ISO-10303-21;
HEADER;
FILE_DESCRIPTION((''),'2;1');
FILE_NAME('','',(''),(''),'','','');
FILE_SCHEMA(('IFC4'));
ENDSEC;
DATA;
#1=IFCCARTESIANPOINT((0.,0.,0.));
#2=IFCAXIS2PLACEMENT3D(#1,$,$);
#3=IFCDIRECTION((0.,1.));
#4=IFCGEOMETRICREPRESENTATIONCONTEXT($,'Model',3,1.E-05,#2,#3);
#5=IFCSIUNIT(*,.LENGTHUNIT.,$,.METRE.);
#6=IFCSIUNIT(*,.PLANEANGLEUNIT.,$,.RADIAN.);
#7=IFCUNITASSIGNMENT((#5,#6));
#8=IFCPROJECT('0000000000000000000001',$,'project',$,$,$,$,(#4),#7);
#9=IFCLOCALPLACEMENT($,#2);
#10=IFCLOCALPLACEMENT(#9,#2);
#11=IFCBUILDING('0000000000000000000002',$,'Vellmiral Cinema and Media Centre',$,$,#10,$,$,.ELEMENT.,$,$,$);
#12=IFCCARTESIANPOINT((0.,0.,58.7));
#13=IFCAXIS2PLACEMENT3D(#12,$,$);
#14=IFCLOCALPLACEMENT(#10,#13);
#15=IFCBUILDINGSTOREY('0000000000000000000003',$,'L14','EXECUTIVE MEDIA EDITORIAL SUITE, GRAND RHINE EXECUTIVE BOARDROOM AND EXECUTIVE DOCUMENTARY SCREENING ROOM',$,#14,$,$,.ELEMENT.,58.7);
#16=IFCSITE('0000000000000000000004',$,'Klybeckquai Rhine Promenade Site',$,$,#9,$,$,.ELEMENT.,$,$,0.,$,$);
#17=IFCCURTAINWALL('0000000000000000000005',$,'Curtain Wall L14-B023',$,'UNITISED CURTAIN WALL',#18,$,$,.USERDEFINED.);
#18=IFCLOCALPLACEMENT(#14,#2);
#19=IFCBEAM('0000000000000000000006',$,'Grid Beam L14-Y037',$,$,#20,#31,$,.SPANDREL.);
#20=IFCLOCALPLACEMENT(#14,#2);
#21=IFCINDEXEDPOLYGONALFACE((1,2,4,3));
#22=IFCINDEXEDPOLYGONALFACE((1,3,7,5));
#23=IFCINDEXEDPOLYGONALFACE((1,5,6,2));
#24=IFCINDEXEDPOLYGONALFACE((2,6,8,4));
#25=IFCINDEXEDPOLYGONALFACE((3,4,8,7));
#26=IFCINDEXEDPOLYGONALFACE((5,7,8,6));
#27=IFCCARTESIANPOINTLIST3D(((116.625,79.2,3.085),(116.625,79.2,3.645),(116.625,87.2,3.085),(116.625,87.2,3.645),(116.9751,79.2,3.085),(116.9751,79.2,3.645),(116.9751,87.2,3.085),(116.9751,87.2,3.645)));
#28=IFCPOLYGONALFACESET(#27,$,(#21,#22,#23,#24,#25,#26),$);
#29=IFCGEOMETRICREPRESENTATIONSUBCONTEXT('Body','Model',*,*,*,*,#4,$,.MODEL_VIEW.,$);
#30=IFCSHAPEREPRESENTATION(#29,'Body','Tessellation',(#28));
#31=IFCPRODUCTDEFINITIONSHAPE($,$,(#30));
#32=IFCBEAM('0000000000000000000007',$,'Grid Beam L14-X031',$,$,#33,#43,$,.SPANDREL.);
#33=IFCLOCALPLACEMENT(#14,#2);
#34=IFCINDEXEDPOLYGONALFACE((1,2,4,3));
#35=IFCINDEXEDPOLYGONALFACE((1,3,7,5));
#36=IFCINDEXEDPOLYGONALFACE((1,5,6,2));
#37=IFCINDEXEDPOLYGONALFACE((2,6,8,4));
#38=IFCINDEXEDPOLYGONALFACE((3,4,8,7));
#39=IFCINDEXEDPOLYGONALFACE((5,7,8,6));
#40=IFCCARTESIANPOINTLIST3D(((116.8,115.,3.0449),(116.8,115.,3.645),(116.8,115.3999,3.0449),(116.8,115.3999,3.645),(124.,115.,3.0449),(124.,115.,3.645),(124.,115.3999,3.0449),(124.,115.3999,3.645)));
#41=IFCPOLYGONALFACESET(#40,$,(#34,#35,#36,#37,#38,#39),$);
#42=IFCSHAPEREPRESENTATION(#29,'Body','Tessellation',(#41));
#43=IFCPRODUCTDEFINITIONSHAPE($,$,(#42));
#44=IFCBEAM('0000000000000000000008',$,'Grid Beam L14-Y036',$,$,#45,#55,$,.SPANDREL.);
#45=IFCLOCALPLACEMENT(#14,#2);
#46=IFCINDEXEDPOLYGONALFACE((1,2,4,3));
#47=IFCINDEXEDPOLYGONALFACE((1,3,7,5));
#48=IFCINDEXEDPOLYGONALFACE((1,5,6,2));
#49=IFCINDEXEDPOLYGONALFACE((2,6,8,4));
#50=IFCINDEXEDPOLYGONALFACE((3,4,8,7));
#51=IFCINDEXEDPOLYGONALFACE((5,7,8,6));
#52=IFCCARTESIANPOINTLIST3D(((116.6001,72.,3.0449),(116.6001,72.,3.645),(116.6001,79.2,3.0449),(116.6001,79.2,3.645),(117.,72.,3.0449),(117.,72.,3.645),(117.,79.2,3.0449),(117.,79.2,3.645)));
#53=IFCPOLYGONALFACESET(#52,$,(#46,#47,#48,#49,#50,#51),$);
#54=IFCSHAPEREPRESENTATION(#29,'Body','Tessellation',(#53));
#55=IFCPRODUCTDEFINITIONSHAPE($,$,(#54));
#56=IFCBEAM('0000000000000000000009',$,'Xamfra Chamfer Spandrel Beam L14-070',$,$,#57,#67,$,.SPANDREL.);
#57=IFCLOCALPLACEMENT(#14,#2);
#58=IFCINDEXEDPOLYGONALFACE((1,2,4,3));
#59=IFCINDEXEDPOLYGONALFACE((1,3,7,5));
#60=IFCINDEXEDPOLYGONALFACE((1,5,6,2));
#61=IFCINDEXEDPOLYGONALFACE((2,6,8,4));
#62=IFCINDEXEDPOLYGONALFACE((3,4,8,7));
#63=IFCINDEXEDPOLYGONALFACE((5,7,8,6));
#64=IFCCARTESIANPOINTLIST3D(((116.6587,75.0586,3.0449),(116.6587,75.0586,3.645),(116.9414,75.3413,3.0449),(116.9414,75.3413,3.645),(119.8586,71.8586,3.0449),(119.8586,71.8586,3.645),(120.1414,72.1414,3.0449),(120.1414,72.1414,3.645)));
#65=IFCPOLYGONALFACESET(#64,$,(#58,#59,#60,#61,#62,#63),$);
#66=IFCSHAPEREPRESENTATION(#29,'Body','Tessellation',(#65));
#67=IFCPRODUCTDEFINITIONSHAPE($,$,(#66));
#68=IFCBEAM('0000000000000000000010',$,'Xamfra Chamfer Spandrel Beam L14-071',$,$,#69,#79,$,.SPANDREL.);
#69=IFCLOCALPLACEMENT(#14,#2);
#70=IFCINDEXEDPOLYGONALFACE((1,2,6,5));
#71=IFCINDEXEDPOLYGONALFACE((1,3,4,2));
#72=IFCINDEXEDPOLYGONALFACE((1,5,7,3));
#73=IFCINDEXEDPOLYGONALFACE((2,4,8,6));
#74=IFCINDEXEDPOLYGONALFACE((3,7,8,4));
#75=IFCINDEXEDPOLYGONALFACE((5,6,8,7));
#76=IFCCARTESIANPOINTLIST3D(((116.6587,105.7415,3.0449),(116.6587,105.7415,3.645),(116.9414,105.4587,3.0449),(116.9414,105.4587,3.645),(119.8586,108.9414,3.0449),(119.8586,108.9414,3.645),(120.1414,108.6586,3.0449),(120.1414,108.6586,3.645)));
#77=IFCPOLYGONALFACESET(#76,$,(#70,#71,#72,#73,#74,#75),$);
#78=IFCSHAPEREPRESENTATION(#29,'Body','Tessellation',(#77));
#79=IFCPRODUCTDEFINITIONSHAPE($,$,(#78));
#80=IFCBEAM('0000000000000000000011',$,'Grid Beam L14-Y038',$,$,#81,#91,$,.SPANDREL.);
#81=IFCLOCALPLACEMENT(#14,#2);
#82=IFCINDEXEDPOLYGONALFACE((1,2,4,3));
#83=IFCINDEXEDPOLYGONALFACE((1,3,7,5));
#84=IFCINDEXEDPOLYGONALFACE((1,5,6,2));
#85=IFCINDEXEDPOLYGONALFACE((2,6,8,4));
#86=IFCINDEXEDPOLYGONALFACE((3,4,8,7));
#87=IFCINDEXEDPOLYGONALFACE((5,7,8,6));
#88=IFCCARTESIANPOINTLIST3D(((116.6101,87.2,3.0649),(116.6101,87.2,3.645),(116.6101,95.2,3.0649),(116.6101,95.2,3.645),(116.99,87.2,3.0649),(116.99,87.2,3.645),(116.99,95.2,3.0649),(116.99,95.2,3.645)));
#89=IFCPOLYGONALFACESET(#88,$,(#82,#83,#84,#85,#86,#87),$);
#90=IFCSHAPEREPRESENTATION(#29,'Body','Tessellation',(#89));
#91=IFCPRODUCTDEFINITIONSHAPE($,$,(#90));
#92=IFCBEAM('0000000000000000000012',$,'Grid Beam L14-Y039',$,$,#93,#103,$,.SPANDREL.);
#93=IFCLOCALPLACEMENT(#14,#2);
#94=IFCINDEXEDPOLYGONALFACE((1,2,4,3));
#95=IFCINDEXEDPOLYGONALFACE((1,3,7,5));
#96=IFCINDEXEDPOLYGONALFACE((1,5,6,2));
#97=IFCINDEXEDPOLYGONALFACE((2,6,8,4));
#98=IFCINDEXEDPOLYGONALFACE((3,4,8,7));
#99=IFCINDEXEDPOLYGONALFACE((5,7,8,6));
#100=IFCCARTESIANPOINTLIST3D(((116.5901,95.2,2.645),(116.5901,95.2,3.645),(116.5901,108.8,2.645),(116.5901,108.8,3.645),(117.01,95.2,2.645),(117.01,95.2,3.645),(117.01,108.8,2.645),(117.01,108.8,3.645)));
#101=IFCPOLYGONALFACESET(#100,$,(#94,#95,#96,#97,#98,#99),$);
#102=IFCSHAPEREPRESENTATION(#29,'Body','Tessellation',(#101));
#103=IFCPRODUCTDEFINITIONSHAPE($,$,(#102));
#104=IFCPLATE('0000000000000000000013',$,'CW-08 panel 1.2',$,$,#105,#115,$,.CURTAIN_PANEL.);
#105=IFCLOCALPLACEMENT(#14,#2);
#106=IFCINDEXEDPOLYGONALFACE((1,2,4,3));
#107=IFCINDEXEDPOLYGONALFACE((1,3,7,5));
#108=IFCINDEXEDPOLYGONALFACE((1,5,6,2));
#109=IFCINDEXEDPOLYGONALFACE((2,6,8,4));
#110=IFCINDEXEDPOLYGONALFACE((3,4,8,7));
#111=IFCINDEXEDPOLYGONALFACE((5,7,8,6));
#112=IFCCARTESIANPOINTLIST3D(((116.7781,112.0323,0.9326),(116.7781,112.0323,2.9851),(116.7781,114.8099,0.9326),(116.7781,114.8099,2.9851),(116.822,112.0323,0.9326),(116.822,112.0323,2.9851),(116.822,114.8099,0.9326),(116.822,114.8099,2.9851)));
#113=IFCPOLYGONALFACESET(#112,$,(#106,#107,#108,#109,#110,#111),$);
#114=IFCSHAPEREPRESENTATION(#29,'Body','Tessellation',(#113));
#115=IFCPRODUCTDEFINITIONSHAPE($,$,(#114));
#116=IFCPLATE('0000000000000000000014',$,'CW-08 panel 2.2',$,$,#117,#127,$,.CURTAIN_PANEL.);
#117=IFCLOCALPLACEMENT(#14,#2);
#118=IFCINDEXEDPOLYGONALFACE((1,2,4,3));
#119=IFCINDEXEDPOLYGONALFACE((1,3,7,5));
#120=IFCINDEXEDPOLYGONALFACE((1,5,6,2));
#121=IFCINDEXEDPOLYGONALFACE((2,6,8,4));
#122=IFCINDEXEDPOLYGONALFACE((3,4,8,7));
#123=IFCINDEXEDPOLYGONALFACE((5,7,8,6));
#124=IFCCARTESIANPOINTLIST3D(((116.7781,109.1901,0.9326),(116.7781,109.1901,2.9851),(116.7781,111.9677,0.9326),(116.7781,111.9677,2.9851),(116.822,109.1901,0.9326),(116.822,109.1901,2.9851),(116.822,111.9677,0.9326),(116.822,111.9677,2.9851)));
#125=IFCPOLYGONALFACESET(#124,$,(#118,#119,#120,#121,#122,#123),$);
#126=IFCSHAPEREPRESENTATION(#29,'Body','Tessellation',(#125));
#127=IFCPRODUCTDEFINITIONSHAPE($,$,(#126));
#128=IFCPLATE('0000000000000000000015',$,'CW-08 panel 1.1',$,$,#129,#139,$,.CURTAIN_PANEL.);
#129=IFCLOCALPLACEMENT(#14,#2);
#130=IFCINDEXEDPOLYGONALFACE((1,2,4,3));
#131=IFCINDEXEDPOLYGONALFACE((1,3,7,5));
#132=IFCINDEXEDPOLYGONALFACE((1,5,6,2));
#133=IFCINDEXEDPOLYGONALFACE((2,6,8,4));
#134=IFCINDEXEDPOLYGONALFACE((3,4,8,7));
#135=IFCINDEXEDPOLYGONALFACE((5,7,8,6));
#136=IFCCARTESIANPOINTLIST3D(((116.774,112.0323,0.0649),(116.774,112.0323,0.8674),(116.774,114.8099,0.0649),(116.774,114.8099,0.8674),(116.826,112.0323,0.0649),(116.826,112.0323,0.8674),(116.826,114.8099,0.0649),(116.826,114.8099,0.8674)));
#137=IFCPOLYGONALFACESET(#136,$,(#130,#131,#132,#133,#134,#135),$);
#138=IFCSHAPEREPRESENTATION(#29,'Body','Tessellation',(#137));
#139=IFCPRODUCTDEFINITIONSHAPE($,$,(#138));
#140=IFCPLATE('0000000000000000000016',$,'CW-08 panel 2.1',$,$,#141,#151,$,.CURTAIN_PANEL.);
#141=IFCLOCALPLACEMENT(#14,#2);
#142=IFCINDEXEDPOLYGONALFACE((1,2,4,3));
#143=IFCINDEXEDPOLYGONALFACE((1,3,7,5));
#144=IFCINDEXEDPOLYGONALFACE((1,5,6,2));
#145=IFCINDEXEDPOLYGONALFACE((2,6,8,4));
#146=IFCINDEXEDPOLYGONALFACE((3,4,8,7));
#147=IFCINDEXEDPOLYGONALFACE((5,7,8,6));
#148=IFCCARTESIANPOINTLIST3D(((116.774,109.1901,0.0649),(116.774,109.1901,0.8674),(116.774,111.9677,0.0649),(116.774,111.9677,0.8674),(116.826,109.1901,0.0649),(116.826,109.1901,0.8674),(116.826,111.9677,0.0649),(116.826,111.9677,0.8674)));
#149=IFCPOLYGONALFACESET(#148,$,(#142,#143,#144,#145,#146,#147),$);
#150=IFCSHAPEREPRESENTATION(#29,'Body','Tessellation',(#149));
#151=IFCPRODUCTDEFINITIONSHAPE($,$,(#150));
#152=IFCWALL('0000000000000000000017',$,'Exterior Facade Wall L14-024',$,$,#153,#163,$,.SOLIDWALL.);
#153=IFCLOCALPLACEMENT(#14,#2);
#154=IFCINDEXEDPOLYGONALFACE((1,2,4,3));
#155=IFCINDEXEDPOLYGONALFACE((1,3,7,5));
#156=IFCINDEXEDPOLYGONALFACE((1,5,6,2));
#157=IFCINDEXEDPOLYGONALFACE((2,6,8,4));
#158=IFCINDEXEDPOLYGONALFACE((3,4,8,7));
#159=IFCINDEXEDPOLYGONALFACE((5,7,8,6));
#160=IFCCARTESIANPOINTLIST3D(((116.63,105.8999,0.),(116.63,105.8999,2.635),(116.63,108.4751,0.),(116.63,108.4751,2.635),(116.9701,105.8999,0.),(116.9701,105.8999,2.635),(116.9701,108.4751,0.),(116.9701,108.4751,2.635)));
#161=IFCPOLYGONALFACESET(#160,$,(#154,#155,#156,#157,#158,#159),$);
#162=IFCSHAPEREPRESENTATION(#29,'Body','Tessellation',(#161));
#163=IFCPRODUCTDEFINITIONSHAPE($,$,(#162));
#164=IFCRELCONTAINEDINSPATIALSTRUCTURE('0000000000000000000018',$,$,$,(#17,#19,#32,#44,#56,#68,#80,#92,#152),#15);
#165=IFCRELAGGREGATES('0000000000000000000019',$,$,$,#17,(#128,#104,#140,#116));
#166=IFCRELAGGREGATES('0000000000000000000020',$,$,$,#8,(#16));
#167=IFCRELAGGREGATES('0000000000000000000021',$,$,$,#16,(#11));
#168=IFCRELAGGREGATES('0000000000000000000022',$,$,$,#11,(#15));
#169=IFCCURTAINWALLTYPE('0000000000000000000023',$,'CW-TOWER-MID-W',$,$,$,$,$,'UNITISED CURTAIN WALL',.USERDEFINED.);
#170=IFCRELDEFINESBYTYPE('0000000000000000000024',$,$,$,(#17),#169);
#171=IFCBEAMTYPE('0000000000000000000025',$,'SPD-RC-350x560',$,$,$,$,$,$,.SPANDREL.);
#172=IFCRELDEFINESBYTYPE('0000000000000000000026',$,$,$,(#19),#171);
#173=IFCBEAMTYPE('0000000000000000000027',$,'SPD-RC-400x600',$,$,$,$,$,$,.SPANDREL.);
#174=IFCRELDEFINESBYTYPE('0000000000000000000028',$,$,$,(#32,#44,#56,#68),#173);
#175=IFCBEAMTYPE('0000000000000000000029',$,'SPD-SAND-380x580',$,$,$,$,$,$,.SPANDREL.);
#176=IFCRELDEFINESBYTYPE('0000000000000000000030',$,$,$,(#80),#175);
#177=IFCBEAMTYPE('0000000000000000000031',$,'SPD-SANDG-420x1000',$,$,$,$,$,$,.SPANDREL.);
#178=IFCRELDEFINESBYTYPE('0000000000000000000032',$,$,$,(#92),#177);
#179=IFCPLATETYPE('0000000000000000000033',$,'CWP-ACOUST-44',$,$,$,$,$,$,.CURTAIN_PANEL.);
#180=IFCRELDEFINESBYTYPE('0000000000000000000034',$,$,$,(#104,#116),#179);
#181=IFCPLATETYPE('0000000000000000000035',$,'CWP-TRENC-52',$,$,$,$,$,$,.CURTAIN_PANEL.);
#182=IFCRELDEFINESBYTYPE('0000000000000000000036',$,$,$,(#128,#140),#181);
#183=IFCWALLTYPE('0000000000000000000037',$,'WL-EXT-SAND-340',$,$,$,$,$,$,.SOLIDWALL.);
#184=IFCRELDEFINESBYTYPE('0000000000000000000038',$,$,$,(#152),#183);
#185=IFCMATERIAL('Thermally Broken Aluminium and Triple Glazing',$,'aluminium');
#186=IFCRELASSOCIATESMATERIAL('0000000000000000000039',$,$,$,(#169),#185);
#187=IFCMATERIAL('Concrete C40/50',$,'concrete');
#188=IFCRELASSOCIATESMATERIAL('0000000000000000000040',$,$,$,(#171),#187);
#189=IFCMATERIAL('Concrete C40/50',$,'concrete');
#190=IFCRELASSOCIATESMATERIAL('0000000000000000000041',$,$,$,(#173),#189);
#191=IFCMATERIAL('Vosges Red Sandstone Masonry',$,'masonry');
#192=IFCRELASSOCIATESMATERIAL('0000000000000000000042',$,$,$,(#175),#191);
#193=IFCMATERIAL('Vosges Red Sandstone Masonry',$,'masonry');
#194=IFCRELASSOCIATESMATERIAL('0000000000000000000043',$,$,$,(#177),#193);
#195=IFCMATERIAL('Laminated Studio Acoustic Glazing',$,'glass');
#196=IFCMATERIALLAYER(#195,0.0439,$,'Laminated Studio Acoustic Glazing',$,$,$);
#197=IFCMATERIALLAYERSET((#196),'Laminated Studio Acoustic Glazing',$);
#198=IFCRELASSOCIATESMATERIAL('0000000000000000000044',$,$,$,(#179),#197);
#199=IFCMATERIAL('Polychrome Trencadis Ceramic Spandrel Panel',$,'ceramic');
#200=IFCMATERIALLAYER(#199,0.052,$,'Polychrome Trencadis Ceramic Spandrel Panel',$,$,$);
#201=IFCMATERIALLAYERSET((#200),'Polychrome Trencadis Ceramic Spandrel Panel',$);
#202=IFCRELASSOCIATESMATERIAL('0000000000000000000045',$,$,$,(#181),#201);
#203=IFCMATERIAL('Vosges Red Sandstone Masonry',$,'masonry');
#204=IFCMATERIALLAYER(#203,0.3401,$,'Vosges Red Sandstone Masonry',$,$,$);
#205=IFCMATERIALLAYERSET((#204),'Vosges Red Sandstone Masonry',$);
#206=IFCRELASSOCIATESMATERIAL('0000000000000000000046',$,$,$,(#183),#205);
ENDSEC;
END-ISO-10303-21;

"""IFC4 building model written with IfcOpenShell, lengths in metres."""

from ifc_helpers import new_model, si_unit, direction, frame, frame_2d, origin, origin_2d, place, context, subcontext, project, spatial, rectangle, extrude, material, layer, layer_set, material_profile, profile_set, type_object, element, aggregate, save


model = new_model("IFC4")

# Units and contexts
model_context = context("Model", 3, precision=1e-05, world=origin(), true_north=direction((0.0, 1.0)))
body_context = subcontext(model_context, "Body", "Model", "MODEL_VIEW")
ifc_project = project(units=[si_unit("LENGTHUNIT", "METRE"), si_unit("PLANEANGLEUNIT", "RADIAN")], contexts=[model_context])

# Site, building, storey
site_placement = place(None, origin())
site = spatial("IfcSite", under=ifc_project, at=site_placement, Name="Klybeckquai Rhine Promenade Site", CompositionType="ELEMENT", RefElevation=0.0)
building_placement = place(site_placement, origin())
building = spatial("IfcBuilding", under=site, at=building_placement, Name="Vellmiral Cinema and Media Centre", CompositionType="ELEMENT")
storey_placement = place(building_placement, frame((0.0, 0.0, 58.7)))
storey = spatial("IfcBuildingStorey", under=building, at=storey_placement, Name="L14", Description="EXECUTIVE MEDIA EDITORIAL SUITE, GRAND RHINE EXECUTIVE BOARDROOM AND EXECUTIVE DOCUMENTARY SCREENING ROOM", CompositionType="ELEMENT", Elevation=58.7)

# Curtain wall
ifc_material_1 = material(Name="Thermally Broken Aluminium and Triple Glazing", Category="aluminium")
curtain_wall_type = type_object("IfcCurtainWallType", Name="CW-TOWER-MID-W", ElementType="UNITISED CURTAIN WALL", PredefinedType="USERDEFINED", material=ifc_material_1)
curtain_wall_1_placement = place(storey_placement, origin())
curtain_wall_1 = element("IfcCurtainWall", 1, at=curtain_wall_1_placement, inside=storey, type_object=curtain_wall_type, Name="Curtain Wall L14-B023", ObjectType="UNITISED CURTAIN WALL", PredefinedType="USERDEFINED")

# Beams
ifc_material_2 = material(Name="Concrete C40/50", Category="concrete")
ifc_material_profile_1 = material_profile(ifc_material_2, rectangle(XDim=0.3501, YDim=0.5601, at=origin_2d()), Name="RC 350x560")
ifc_profile_set_1 = profile_set([ifc_material_profile_1], Name="Concrete C40/50")
beam_type_1 = type_object("IfcBeamType", Name="SPD-RC-350x560", PredefinedType="SPANDREL", material=ifc_profile_set_1)
beam_1_placement = place(storey_placement, frame((116.8, 79.2, 3.365), z_axis=(0.0, 1.0, 0.0), x_axis=(-1.0, 0.0, 0.0)))
element("IfcBeam", 2, at=beam_1_placement, inside=storey, type_object=beam_type_1, Name="Grid Beam L14-Y037", PredefinedType="SPANDREL", context=body_context, shape_type="SweptSolid", body=[
    extrude(rectangle(XDim=0.3501, YDim=0.5601, at=origin_2d()), origin(), (0.0, 0.0, 1.0), 8.0),
])
ifc_material_3 = material(Name="Concrete C40/50", Category="concrete")
ifc_material_profile_2 = material_profile(ifc_material_3, rectangle(XDim=0.3999, YDim=0.6001, at=origin_2d()), Name="RC 400x600")
ifc_profile_set_2 = profile_set([ifc_material_profile_2], Name="Concrete C40/50")
beam_type_2 = type_object("IfcBeamType", Name="SPD-RC-400x600", PredefinedType="SPANDREL", material=ifc_profile_set_2)
for number, where, z_axis, x_axis, name in (
    (3, (116.8, 115.2, 3.345), (1.0, 0.0, 0.0), (0.0, 1.0, 0.0), "Grid Beam L14-X031"),
    (4, (116.8, 72.0, 3.345), (0.0, 1.0, 0.0), (-1.0, 0.0, 0.0), "Grid Beam L14-Y036"),
):
    element("IfcBeam", number, at=place(storey_placement, frame(where, z_axis=z_axis, x_axis=x_axis)), inside=storey, type_object=beam_type_2, Name=name, PredefinedType="SPANDREL", context=body_context, shape_type="SweptSolid", body=[
        extrude(rectangle(XDim=0.3999, YDim=0.6001, at=origin_2d()), origin(), (0.0, 0.0, 1.0), 7.2),
    ])
for number, where, z_axis, x_axis, name in (
    (5, (116.8, 75.2, 3.345), (0.707107, -0.707107, 0.0), (0.707107, 0.707107, 0.0), "Xamfra Chamfer Spandrel Beam L14-070"),
    (6, (116.8, 105.6001, 3.345), (0.707107, 0.707107, 0.0), (-0.707107, 0.707107, 0.0), "Xamfra Chamfer Spandrel Beam L14-071"),
):
    element("IfcBeam", number, at=place(storey_placement, frame(where, z_axis=z_axis, x_axis=x_axis)), inside=storey, type_object=beam_type_2, Name=name, PredefinedType="SPANDREL", context=body_context, shape_type="SweptSolid", body=[
        extrude(rectangle(XDim=0.3999, YDim=0.6001, at=origin_2d()), origin(), (0.0, 0.0, 1.0), 4.5254),
    ])
ifc_material_4 = material(Name="Vosges Red Sandstone Masonry", Category="masonry")
ifc_material_profile_3 = material_profile(ifc_material_4, rectangle(XDim=0.3799, YDim=0.5801, at=origin_2d()), Name="SAND 380x580")
ifc_profile_set_3 = profile_set([ifc_material_profile_3], Name="Vosges Red Sandstone Masonry")
beam_type_3 = type_object("IfcBeamType", Name="SPD-SAND-380x580", PredefinedType="SPANDREL", material=ifc_profile_set_3)
beam_2_placement = place(storey_placement, frame((116.8, 87.2, 3.355), z_axis=(0.0, 1.0, 0.0), x_axis=(-1.0, 0.0, 0.0)))
element("IfcBeam", 7, at=beam_2_placement, inside=storey, type_object=beam_type_3, Name="Grid Beam L14-Y038", PredefinedType="SPANDREL", context=body_context, shape_type="SweptSolid", body=[
    extrude(rectangle(XDim=0.3799, YDim=0.5801, at=origin_2d()), origin(), (0.0, 0.0, 1.0), 8.0),
])
ifc_material_5 = material(Name="Vosges Red Sandstone Masonry", Category="masonry")
ifc_material_profile_4 = material_profile(ifc_material_5, rectangle(XDim=0.4199, YDim=1.0, at=origin_2d()), Name="SAND 420x1000")
ifc_profile_set_4 = profile_set([ifc_material_profile_4], Name="Vosges Red Sandstone Masonry")
beam_type_4 = type_object("IfcBeamType", Name="SPD-SANDG-420x1000", PredefinedType="SPANDREL", material=ifc_profile_set_4)
beam_3_placement = place(storey_placement, frame((116.8, 95.2, 3.145), z_axis=(0.0, 1.0, 0.0), x_axis=(-1.0, 0.0, 0.0)))
element("IfcBeam", 8, at=beam_3_placement, inside=storey, type_object=beam_type_4, Name="Grid Beam L14-Y039", PredefinedType="SPANDREL", context=body_context, shape_type="SweptSolid", body=[
    extrude(rectangle(XDim=0.4199, YDim=1.0, at=origin_2d()), origin(), (0.0, 0.0, 1.0), 13.6001),
])

# Plates
ifc_material_6 = material(Name="Laminated Studio Acoustic Glazing", Category="glass")
ifc_layer_1 = layer(ifc_material_6, 0.0439, Name="Laminated Studio Acoustic Glazing")
ifc_layer_set_1 = layer_set([ifc_layer_1], Name="Laminated Studio Acoustic Glazing")
plate_type_1 = type_object("IfcPlateType", Name="CWP-ACOUST-44", PredefinedType="CURTAIN_PANEL", material=ifc_layer_set_1)
plate_1_placement = place(storey_placement, frame((116.8, 113.4211, 0.9326), z_axis=(0.0, 0.0, 1.0), x_axis=(0.0, -1.0, 0.0)))
plate_1 = element("IfcPlate", 9, at=plate_1_placement, type_object=plate_type_1, Name="CW-08 panel 1.2", PredefinedType="CURTAIN_PANEL", context=body_context, shape_type="SweptSolid", body=[
    extrude(rectangle(XDim=2.7776, YDim=0.0439, at=origin_2d()), origin(), (0.0, 0.0, 1.0), 2.0525),
])
plate_2_placement = place(storey_placement, frame((116.8, 110.5789, 0.9326), z_axis=(0.0, 0.0, 1.0), x_axis=(0.0, -1.0, 0.0)))
plate_2 = element("IfcPlate", 10, at=plate_2_placement, type_object=plate_type_1, Name="CW-08 panel 2.2", PredefinedType="CURTAIN_PANEL", context=body_context, shape_type="SweptSolid", body=[
    extrude(rectangle(XDim=2.7776, YDim=0.0439, at=origin_2d()), origin(), (0.0, 0.0, 1.0), 2.0525),
])
ifc_material_7 = material(Name="Polychrome Trencadis Ceramic Spandrel Panel", Category="ceramic")
ifc_layer_2 = layer(ifc_material_7, 0.052, Name="Polychrome Trencadis Ceramic Spandrel Panel")
ifc_layer_set_2 = layer_set([ifc_layer_2], Name="Polychrome Trencadis Ceramic Spandrel Panel")
plate_type_2 = type_object("IfcPlateType", Name="CWP-TRENC-52", PredefinedType="CURTAIN_PANEL", material=ifc_layer_set_2)
plate_3_placement = place(storey_placement, frame((116.8, 113.4211, 0.0649), z_axis=(0.0, 0.0, 1.0), x_axis=(0.0, -1.0, 0.0)))
plate_3 = element("IfcPlate", 11, at=plate_3_placement, type_object=plate_type_2, Name="CW-08 panel 1.1", PredefinedType="CURTAIN_PANEL", context=body_context, shape_type="SweptSolid", body=[
    extrude(rectangle(XDim=2.7776, YDim=0.052, at=origin_2d()), origin(), (0.0, 0.0, 1.0), 0.8025),
])
plate_4_placement = place(storey_placement, frame((116.8, 110.5789, 0.0649), z_axis=(0.0, 0.0, 1.0), x_axis=(0.0, -1.0, 0.0)))
plate_4 = element("IfcPlate", 12, at=plate_4_placement, type_object=plate_type_2, Name="CW-08 panel 2.1", PredefinedType="CURTAIN_PANEL", context=body_context, shape_type="SweptSolid", body=[
    extrude(rectangle(XDim=2.7776, YDim=0.052, at=origin_2d()), origin(), (0.0, 0.0, 1.0), 0.8025),
])
aggregate(curtain_wall_1, [plate_3, plate_1, plate_4, plate_2])

# Wall
ifc_material_8 = material(Name="Vosges Red Sandstone Masonry", Category="masonry")
ifc_layer_3 = layer(ifc_material_8, 0.3401, Name="Vosges Red Sandstone Masonry")
ifc_layer_set_3 = layer_set([ifc_layer_3], Name="Vosges Red Sandstone Masonry")
wall_type = type_object("IfcWallType", Name="WL-EXT-SAND-340", PredefinedType="SOLIDWALL", material=ifc_layer_set_3)
wall_placement = place(storey_placement, frame((116.8, 108.4751, 0.0), z_axis=(0.0, 0.0, 1.0), x_axis=(0.0, -1.0, 0.0)))
element("IfcWall", 13, at=wall_placement, inside=storey, type_object=wall_type, Name="Exterior Facade Wall L14-024", PredefinedType="SOLIDWALL", context=body_context, shape_type="SweptSolid", body=[
    extrude(rectangle(XDim=2.5752, YDim=0.3401, at=frame_2d((1.2876, 0.0))), origin(), (0.0, 0.0, 1.0), 2.635),
])

save(model, "model.ifc")
